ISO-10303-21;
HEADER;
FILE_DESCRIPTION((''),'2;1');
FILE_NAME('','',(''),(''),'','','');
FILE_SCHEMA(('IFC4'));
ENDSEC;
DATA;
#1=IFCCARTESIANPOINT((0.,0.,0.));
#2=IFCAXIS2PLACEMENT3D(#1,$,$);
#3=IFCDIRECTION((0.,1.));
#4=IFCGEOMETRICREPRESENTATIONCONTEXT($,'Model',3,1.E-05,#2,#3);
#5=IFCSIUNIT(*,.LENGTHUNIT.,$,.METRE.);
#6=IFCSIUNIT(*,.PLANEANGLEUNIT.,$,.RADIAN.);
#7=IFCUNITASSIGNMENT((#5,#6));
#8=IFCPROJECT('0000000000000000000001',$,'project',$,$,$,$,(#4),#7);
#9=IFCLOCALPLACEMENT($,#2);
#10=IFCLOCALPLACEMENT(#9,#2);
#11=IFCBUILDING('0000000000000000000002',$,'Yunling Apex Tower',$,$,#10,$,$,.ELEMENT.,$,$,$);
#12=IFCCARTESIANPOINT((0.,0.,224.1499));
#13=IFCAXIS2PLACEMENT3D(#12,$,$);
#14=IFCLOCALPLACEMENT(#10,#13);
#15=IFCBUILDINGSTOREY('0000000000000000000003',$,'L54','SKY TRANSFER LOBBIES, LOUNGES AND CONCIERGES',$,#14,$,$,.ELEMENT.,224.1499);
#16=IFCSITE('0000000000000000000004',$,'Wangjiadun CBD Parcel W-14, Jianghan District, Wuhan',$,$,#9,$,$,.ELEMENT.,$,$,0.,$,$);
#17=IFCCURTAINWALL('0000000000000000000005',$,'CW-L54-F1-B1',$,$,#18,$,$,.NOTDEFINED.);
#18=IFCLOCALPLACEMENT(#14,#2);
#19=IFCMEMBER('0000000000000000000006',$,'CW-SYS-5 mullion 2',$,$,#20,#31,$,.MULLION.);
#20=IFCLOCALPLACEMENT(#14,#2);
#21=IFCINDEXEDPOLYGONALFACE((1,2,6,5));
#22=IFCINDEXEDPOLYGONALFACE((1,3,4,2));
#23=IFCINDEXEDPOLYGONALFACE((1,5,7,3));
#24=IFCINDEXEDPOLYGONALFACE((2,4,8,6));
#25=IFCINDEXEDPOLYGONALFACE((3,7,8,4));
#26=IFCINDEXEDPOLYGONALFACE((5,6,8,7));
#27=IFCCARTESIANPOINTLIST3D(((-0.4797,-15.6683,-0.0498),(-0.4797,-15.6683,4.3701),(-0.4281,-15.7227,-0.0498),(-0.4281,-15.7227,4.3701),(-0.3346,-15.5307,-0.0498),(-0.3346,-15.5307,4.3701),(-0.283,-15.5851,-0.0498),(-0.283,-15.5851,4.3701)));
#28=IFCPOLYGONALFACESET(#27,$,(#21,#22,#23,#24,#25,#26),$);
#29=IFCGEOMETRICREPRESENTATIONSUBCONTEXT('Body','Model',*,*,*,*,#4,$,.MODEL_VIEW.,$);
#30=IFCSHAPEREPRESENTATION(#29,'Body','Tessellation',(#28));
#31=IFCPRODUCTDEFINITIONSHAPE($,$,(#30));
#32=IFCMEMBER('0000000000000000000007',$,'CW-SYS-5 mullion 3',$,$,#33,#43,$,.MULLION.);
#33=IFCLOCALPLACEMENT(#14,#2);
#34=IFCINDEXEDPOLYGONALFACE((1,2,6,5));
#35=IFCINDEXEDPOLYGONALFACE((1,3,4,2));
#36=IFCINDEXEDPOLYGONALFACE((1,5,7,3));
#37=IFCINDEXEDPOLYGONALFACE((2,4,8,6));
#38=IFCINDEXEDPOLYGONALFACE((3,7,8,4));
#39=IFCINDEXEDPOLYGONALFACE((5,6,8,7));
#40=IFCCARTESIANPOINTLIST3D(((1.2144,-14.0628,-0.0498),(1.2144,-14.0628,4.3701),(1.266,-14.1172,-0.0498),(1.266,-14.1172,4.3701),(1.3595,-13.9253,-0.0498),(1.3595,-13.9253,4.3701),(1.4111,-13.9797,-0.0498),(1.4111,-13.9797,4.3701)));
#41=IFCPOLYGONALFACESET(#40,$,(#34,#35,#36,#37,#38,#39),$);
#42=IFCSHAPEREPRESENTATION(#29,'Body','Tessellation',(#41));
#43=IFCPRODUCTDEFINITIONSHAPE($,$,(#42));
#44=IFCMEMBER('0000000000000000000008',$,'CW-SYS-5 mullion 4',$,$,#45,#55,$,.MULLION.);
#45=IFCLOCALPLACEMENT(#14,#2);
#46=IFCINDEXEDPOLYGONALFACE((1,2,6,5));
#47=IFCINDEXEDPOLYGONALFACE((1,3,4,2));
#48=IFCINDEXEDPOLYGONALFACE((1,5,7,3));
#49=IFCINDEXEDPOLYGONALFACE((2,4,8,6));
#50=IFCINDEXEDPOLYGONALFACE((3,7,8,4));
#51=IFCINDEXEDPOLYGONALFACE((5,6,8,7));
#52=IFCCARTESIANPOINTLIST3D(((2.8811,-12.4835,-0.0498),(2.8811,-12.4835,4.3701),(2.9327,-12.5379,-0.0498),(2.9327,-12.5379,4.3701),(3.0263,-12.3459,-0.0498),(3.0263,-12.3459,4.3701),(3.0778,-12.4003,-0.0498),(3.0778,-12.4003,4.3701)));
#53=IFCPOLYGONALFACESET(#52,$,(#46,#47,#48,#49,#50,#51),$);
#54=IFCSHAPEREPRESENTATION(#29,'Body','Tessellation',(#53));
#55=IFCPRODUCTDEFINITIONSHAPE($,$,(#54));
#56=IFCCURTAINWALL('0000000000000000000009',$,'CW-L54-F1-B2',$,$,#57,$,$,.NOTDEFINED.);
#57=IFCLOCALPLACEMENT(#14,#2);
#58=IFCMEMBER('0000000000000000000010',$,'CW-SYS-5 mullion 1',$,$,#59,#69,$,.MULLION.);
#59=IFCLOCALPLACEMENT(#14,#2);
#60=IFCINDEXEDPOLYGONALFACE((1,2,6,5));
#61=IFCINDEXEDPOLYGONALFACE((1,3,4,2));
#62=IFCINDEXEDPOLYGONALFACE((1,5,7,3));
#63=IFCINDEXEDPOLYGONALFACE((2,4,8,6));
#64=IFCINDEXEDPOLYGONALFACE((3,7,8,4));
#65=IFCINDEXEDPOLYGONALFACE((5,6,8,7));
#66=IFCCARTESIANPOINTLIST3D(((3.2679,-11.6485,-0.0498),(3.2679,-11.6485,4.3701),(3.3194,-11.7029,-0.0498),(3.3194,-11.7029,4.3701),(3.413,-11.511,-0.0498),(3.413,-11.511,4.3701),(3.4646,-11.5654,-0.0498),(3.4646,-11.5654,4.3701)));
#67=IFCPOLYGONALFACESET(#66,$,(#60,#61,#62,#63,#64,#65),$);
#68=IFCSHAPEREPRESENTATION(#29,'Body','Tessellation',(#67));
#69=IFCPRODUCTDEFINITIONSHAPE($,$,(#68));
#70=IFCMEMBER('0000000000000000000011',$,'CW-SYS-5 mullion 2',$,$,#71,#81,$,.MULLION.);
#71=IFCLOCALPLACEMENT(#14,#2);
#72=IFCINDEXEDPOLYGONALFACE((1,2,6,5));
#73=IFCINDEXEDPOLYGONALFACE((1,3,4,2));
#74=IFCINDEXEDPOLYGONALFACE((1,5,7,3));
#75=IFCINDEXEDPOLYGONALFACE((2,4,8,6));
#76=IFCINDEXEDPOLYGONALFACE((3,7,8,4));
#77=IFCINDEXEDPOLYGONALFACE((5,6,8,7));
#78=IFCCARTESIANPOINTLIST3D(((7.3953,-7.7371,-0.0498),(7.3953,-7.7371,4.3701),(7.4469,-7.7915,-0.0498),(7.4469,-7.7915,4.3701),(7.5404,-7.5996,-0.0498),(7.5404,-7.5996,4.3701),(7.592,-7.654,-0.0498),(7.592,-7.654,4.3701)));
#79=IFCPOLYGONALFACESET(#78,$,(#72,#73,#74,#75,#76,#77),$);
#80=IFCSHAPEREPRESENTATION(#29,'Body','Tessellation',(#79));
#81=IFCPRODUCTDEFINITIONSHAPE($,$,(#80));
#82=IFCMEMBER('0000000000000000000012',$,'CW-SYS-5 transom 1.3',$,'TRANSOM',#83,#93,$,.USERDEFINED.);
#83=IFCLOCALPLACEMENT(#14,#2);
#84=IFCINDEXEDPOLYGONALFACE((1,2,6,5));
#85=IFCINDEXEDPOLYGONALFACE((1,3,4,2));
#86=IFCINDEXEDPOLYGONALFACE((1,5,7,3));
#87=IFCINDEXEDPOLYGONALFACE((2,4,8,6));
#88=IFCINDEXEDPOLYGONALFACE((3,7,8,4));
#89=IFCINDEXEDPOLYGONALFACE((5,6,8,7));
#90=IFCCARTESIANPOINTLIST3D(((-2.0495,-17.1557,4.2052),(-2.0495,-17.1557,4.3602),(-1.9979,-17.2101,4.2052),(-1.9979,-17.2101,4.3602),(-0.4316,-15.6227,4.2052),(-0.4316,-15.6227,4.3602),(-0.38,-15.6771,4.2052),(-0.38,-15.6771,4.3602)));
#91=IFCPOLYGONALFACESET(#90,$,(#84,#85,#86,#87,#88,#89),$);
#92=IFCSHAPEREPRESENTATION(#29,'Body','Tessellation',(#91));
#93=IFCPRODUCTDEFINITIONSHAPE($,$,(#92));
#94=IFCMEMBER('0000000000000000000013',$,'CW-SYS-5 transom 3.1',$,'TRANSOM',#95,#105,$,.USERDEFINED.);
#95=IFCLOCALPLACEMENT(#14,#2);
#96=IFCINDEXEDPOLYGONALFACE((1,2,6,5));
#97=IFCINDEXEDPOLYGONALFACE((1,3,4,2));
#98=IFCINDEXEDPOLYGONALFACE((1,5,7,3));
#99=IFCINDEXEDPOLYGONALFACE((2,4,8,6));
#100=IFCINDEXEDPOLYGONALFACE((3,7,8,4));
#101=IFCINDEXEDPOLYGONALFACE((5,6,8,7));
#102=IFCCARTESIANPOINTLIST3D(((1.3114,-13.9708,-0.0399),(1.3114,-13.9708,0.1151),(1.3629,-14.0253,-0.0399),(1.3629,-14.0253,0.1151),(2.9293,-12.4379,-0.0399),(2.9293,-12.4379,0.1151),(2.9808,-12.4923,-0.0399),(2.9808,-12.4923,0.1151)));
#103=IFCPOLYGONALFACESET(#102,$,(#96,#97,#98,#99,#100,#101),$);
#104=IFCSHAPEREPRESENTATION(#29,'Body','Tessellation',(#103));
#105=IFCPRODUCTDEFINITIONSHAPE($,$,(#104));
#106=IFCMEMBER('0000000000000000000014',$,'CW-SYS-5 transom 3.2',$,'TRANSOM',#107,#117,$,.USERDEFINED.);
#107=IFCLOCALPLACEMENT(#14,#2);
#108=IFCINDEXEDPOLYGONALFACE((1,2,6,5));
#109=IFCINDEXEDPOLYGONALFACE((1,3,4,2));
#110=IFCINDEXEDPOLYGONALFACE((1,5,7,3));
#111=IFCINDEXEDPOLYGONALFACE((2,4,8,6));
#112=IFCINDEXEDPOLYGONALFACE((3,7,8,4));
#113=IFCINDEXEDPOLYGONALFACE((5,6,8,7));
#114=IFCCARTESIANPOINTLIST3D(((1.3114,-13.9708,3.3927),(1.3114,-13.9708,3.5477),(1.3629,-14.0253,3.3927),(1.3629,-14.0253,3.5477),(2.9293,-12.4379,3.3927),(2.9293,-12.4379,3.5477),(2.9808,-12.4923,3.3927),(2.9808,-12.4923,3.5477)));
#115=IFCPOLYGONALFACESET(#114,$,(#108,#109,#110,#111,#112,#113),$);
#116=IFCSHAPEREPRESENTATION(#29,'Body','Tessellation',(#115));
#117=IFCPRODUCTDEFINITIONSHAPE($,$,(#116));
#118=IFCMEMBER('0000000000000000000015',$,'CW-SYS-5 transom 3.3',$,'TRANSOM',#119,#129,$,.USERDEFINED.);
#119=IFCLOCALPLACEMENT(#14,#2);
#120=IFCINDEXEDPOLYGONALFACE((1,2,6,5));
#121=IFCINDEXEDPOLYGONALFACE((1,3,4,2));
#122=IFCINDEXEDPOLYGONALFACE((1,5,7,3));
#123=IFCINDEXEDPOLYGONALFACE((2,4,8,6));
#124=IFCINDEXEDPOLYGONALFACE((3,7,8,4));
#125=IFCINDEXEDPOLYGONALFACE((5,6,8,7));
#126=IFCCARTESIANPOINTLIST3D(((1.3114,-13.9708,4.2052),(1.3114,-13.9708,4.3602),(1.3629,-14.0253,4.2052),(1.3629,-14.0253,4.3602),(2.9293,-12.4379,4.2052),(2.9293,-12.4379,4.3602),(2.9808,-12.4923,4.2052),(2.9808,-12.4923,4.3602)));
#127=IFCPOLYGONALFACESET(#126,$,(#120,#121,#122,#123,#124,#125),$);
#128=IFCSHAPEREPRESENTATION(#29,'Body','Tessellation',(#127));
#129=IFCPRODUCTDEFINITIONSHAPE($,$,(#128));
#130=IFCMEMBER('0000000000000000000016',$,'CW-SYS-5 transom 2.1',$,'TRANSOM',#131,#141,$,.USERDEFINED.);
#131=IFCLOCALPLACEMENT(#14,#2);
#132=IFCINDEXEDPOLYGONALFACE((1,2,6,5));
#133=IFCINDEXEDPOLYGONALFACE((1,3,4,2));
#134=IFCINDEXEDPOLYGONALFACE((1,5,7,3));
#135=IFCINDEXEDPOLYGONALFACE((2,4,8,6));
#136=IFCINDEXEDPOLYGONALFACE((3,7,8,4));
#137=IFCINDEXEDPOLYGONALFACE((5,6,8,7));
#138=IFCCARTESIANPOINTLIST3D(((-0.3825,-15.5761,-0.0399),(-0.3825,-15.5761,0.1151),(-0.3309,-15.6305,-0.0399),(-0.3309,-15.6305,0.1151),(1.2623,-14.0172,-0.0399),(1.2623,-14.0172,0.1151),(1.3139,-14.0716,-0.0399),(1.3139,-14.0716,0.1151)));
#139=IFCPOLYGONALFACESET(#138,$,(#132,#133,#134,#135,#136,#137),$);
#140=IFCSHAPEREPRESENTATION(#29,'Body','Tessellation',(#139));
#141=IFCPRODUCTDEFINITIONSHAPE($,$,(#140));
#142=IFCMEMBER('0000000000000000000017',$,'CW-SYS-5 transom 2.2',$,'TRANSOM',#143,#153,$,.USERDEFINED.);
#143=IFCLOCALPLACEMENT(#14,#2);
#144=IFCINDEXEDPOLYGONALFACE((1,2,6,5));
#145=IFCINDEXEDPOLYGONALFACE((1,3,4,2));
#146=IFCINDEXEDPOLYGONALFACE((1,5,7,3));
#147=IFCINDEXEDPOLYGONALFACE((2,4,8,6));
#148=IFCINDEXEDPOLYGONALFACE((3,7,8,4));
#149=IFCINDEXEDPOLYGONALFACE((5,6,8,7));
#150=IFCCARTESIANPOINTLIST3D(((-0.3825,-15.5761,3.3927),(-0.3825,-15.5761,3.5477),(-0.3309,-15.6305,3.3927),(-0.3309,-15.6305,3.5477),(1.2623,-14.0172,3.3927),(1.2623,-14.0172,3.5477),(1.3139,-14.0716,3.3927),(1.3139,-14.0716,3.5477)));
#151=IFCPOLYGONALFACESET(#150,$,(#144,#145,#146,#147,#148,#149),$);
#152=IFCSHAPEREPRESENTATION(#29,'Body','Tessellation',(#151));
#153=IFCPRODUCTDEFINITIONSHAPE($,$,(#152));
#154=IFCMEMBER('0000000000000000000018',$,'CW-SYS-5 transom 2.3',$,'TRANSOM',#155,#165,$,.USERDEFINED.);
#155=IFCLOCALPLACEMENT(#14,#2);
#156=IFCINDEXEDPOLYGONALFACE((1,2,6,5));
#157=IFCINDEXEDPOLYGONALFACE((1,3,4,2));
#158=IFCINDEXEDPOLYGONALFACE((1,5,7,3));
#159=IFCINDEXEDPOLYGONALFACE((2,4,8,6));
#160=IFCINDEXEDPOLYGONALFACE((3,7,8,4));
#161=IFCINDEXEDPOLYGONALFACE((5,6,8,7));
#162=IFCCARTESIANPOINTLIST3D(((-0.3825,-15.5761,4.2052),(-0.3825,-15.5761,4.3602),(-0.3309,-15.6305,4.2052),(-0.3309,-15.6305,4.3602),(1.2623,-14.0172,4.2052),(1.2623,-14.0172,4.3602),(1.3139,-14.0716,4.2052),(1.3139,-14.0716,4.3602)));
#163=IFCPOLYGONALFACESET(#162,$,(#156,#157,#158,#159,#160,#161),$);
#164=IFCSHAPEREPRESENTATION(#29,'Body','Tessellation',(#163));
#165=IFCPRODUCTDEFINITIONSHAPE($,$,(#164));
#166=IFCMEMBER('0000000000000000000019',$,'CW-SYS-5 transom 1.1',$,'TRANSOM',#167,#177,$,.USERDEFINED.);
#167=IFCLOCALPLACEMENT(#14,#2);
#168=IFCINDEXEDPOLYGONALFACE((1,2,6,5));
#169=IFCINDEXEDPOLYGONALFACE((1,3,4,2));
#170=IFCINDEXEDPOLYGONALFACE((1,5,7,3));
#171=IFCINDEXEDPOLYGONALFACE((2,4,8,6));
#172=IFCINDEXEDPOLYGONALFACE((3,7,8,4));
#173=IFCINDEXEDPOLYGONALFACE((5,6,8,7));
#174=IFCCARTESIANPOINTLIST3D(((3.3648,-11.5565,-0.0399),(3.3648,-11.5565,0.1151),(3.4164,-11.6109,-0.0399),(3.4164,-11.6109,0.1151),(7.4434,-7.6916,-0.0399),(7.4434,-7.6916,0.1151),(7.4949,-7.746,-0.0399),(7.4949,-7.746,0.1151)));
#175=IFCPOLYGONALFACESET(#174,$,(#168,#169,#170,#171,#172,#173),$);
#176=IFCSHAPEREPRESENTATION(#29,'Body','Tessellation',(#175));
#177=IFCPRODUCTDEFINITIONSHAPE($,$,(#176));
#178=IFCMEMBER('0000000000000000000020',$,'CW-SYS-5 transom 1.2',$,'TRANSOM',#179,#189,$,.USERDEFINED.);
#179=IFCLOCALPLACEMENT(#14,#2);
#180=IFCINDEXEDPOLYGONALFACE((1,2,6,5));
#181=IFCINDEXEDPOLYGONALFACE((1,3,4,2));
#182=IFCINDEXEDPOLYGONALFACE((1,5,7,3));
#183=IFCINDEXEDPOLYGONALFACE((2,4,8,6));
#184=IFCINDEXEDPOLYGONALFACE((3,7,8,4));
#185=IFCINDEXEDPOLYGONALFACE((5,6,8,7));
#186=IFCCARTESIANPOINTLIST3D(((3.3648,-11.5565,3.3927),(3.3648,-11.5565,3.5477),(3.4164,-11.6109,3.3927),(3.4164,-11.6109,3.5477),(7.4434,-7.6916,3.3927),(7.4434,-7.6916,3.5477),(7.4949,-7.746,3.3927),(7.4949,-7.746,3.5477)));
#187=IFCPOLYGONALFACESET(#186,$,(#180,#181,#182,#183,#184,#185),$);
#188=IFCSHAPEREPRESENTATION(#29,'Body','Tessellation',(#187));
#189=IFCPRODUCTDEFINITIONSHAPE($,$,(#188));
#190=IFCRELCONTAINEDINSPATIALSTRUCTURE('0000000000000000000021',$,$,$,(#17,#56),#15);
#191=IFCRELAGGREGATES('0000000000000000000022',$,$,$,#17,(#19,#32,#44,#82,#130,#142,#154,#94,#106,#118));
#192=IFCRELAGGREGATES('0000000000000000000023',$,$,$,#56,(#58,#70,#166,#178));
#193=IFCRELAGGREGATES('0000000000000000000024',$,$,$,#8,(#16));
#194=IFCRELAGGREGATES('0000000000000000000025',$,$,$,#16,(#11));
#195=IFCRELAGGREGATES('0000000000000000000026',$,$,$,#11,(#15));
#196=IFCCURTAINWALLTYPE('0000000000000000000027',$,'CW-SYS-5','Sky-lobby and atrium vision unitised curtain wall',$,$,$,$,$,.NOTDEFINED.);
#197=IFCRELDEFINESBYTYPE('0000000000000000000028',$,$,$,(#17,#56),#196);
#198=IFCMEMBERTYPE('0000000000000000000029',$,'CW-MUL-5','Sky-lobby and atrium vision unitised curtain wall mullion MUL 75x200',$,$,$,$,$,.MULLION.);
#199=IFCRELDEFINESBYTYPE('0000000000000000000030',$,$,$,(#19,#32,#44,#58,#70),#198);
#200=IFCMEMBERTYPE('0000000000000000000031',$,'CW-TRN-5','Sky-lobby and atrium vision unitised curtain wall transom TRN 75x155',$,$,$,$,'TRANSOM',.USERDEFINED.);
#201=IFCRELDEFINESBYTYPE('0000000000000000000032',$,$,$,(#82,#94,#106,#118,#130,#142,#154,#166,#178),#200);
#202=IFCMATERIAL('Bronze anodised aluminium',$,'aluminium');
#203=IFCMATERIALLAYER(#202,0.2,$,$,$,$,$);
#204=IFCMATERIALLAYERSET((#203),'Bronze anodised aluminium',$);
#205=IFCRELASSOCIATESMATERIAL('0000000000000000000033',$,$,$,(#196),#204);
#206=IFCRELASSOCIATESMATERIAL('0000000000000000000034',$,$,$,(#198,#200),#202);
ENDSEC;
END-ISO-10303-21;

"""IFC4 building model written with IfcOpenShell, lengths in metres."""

from ifc_helpers import new_model, si_unit, direction, frame, origin, origin_2d, place, context, subcontext, project, spatial, rectangle, extrude, source, transform, mapped, material, layer, layer_set, material_profile, profile_set, type_object, element, aggregate, save


model = new_model("IFC4")

# Units and contexts
model_context = context("Model", 3, precision=1e-05, world=origin(), true_north=direction((0.0, 1.0)))
body_context = subcontext(model_context, "Body", "Model", "MODEL_VIEW")
ifc_project = project(units=[si_unit("LENGTHUNIT", "METRE"), si_unit("PLANEANGLEUNIT", "RADIAN")], contexts=[model_context])

# Site, building, storey
site_placement = place(None, origin())
site = spatial("IfcSite", under=ifc_project, at=site_placement, Name="Wangjiadun CBD Parcel W-14, Jianghan District, Wuhan", CompositionType="ELEMENT", RefElevation=0.0)
building_placement = place(site_placement, origin())
building = spatial("IfcBuilding", under=site, at=building_placement, Name="Yunling Apex Tower", CompositionType="ELEMENT")
storey_placement = place(building_placement, frame((0.0, 0.0, 224.1499)))
storey = spatial("IfcBuildingStorey", under=building, at=storey_placement, Name="L54", Description="SKY TRANSFER LOBBIES, LOUNGES AND CONCIERGES", CompositionType="ELEMENT", Elevation=224.1499)

# Curtain walls, members
ifc_material_1 = material(Name="Bronze anodised aluminium", Category="aluminium")
ifc_layer_1 = layer(ifc_material_1, 0.2)
ifc_layer_set_1 = layer_set([ifc_layer_1], Name="Bronze anodised aluminium")
curtain_wall_type = type_object("IfcCurtainWallType", Name="CW-SYS-5", Description="Sky-lobby and atrium vision unitised curtain wall", PredefinedType="NOTDEFINED", material=ifc_layer_set_1)
curtain_wall_1_placement = place(storey_placement, origin())
curtain_wall_1 = element("IfcCurtainWall", 1, at=curtain_wall_1_placement, inside=storey, type_object=curtain_wall_type, Name="CW-L54-F1-B1", PredefinedType="NOTDEFINED")
ifc_material_profile_1 = material_profile(ifc_material_1, rectangle(XDim=0.075, YDim=0.2, at=origin_2d()))
ifc_profile_set_1 = profile_set([ifc_material_profile_1], Name="Bronze anodised aluminium")
member_type_1 = type_object("IfcMemberType", Name="CW-MUL-5", Description="Sky-lobby and atrium vision unitised curtain wall mullion MUL 75x200", PredefinedType="MULLION", material=ifc_profile_set_1)
shared_shape_1 = source(origin(), body_context, "Body", "SweptSolid", [
    extrude(rectangle(XDim=0.075, YDim=0.2, at=origin_2d()), origin(), (0.0, 0.0, 1.0), 4.4199),
])
member_1_placement = place(storey_placement, frame((-0.3813, -15.6267, -0.0498), z_axis=(0.0, 0.0, 1.0), x_axis=(-0.687848, 0.725855, 0.0)))
member_1 = element("IfcMember", 2, at=member_1_placement, type_object=member_type_1, Name="CW-SYS-5 mullion 2", PredefinedType="MULLION", context=body_context, shape_type="MappedRepresentation", body=[
    mapped(shared_shape_1, transform((0.0, 0.0, 0.0), scale=1.0)),
])
member_2_placement = place(storey_placement, frame((1.3127, -14.0212, -0.0498), z_axis=(0.0, 0.0, 1.0), x_axis=(-0.687848, 0.725855, 0.0)))
member_2 = element("IfcMember", 3, at=member_2_placement, type_object=member_type_1, Name="CW-SYS-5 mullion 3", PredefinedType="MULLION", context=body_context, shape_type="MappedRepresentation", body=[
    mapped(shared_shape_1, transform((0.0, 0.0, 0.0), scale=1.0)),
])
member_3_placement = place(storey_placement, frame((2.9795, -12.4419, -0.0498), z_axis=(0.0, 0.0, 1.0), x_axis=(-0.687848, 0.725855, 0.0)))
member_3 = element("IfcMember", 4, at=member_3_placement, type_object=member_type_1, Name="CW-SYS-5 mullion 4", PredefinedType="MULLION", context=body_context, shape_type="MappedRepresentation", body=[
    mapped(shared_shape_1, transform((0.0, 0.0, 0.0), scale=1.0)),
])
curtain_wall_2_placement = place(storey_placement, origin())
curtain_wall_2 = element("IfcCurtainWall", 5, at=curtain_wall_2_placement, inside=storey, type_object=curtain_wall_type, Name="CW-L54-F1-B2", PredefinedType="NOTDEFINED")
member_4_placement = place(storey_placement, frame((3.3662, -11.6069, -0.0498), z_axis=(0.0, 0.0, 1.0), x_axis=(-0.687854, 0.725849, 0.0)))
member_4 = element("IfcMember", 6, at=member_4_placement, type_object=member_type_1, Name="CW-SYS-5 mullion 1", PredefinedType="MULLION", context=body_context, shape_type="MappedRepresentation", body=[
    mapped(shared_shape_1, transform((0.0, 0.0, 0.0), scale=1.0)),
])
member_5_placement = place(storey_placement, frame((7.4937, -7.6956, -0.0498), z_axis=(0.0, 0.0, 1.0), x_axis=(-0.687854, 0.725849, 0.0)))
member_5 = element("IfcMember", 7, at=member_5_placement, type_object=member_type_1, Name="CW-SYS-5 mullion 2", PredefinedType="MULLION", context=body_context, shape_type="MappedRepresentation", body=[
    mapped(shared_shape_1, transform((0.0, 0.0, 0.0), scale=1.0)),
])

# Members
ifc_material_profile_2 = material_profile(ifc_material_1, rectangle(XDim=0.075, YDim=0.155, at=origin_2d()))
ifc_profile_set_2 = profile_set([ifc_material_profile_2], Name="Bronze anodised aluminium")
member_type_2 = type_object("IfcMemberType", Name="CW-TRN-5", Description="Sky-lobby and atrium vision unitised curtain wall transom TRN 75x155", ElementType="TRANSOM", PredefinedType="USERDEFINED", material=ifc_profile_set_2)
shared_shape_2 = source(origin(), body_context, "Body", "SweptSolid", [
    extrude(rectangle(XDim=0.075, YDim=0.155, at=origin_2d()), origin(), (0.0, 0.0, 1.0), 2.2288),
])
member_6_placement = place(storey_placement, frame((-2.0237, -17.1829, 4.2827), z_axis=(0.72591, 0.68779, 0.0), x_axis=(-0.68779, 0.72591, 0.0)))
member_6 = element("IfcMember", 8, at=member_6_placement, type_object=member_type_2, Name="CW-SYS-5 transom 1.3", ObjectType="TRANSOM", PredefinedType="USERDEFINED", context=body_context, shape_type="MappedRepresentation", body=[
    mapped(shared_shape_2, transform((0.0, 0.0, 0.0), scale=1.0)),
])
member_7_placement = place(storey_placement, frame((1.3372, -13.998, 0.0376), z_axis=(0.72591, 0.68779, 0.0), x_axis=(-0.68779, 0.72591, 0.0)))
member_7 = element("IfcMember", 9, at=member_7_placement, type_object=member_type_2, Name="CW-SYS-5 transom 3.1", ObjectType="TRANSOM", PredefinedType="USERDEFINED", context=body_context, shape_type="MappedRepresentation", body=[
    mapped(shared_shape_2, transform((0.0, 0.0, 0.0), scale=1.0)),
])
member_8_placement = place(storey_placement, frame((1.3372, -13.998, 3.4702), z_axis=(0.72591, 0.68779, 0.0), x_axis=(-0.68779, 0.72591, 0.0)))
member_8 = element("IfcMember", 10, at=member_8_placement, type_object=member_type_2, Name="CW-SYS-5 transom 3.2", ObjectType="TRANSOM", PredefinedType="USERDEFINED", context=body_context, shape_type="MappedRepresentation", body=[
    mapped(shared_shape_2, transform((0.0, 0.0, 0.0), scale=1.0)),
])
member_9_placement = place(storey_placement, frame((1.3372, -13.998, 4.2827), z_axis=(0.72591, 0.68779, 0.0), x_axis=(-0.68779, 0.72591, 0.0)))
member_9 = element("IfcMember", 11, at=member_9_placement, type_object=member_type_2, Name="CW-SYS-5 transom 3.3", ObjectType="TRANSOM", PredefinedType="USERDEFINED", context=body_context, shape_type="MappedRepresentation", body=[
    mapped(shared_shape_2, transform((0.0, 0.0, 0.0), scale=1.0)),
])
shared_shape_3 = source(origin(), body_context, "Body", "SweptSolid", [
    extrude(rectangle(XDim=0.075, YDim=0.155, at=origin_2d()), origin(), (0.0, 0.0, 1.0), 2.2661),
])
member_10_placement = place(storey_placement, frame((-0.3567, -15.6033, 0.0376), z_axis=(0.725814, 0.687891, 0.0), x_axis=(-0.687891, 0.725814, 0.0)))
member_10 = element("IfcMember", 12, at=member_10_placement, type_object=member_type_2, Name="CW-SYS-5 transom 2.1", ObjectType="TRANSOM", PredefinedType="USERDEFINED", context=body_context, shape_type="MappedRepresentation", body=[
    mapped(shared_shape_3, transform((0.0, 0.0, 0.0), scale=1.0)),
])
member_11_placement = place(storey_placement, frame((-0.3567, -15.6033, 3.4702), z_axis=(0.725814, 0.687891, 0.0), x_axis=(-0.687891, 0.725814, 0.0)))
member_11 = element("IfcMember", 13, at=member_11_placement, type_object=member_type_2, Name="CW-SYS-5 transom 2.2", ObjectType="TRANSOM", PredefinedType="USERDEFINED", context=body_context, shape_type="MappedRepresentation", body=[
    mapped(shared_shape_3, transform((0.0, 0.0, 0.0), scale=1.0)),
])
member_12_placement = place(storey_placement, frame((-0.3567, -15.6033, 4.2827), z_axis=(0.725814, 0.687891, 0.0), x_axis=(-0.687891, 0.725814, 0.0)))
member_12 = element("IfcMember", 14, at=member_12_placement, type_object=member_type_2, Name="CW-SYS-5 transom 2.3", ObjectType="TRANSOM", PredefinedType="USERDEFINED", context=body_context, shape_type="MappedRepresentation", body=[
    mapped(shared_shape_3, transform((0.0, 0.0, 0.0), scale=1.0)),
])
shared_shape_4 = source(origin(), body_context, "Body", "SweptSolid", [
    extrude(rectangle(XDim=0.075, YDim=0.155, at=origin_2d()), origin(), (0.0, 0.0, 1.0), 5.6189),
])
member_13_placement = place(storey_placement, frame((3.3906, -11.5837, 0.0376), z_axis=(0.72586, 0.687842, 0.0), x_axis=(-0.687842, 0.72586, 0.0)))
member_13 = element("IfcMember", 15, at=member_13_placement, type_object=member_type_2, Name="CW-SYS-5 transom 1.1", ObjectType="TRANSOM", PredefinedType="USERDEFINED", context=body_context, shape_type="MappedRepresentation", body=[
    mapped(shared_shape_4, transform((0.0, 0.0, 0.0), scale=1.0)),
])
member_14_placement = place(storey_placement, frame((3.3906, -11.5837, 3.4702), z_axis=(0.72586, 0.687842, 0.0), x_axis=(-0.687842, 0.72586, 0.0)))
member_14 = element("IfcMember", 16, at=member_14_placement, type_object=member_type_2, Name="CW-SYS-5 transom 1.2", ObjectType="TRANSOM", PredefinedType="USERDEFINED", context=body_context, shape_type="MappedRepresentation", body=[
    mapped(shared_shape_4, transform((0.0, 0.0, 0.0), scale=1.0)),
])

aggregate(curtain_wall_1, [member_1, member_2, member_3, member_6, member_10, member_11, member_12, member_7, member_8, member_9])
aggregate(curtain_wall_2, [member_4, member_5, member_13, member_14])

save(model, "model.ifc")
